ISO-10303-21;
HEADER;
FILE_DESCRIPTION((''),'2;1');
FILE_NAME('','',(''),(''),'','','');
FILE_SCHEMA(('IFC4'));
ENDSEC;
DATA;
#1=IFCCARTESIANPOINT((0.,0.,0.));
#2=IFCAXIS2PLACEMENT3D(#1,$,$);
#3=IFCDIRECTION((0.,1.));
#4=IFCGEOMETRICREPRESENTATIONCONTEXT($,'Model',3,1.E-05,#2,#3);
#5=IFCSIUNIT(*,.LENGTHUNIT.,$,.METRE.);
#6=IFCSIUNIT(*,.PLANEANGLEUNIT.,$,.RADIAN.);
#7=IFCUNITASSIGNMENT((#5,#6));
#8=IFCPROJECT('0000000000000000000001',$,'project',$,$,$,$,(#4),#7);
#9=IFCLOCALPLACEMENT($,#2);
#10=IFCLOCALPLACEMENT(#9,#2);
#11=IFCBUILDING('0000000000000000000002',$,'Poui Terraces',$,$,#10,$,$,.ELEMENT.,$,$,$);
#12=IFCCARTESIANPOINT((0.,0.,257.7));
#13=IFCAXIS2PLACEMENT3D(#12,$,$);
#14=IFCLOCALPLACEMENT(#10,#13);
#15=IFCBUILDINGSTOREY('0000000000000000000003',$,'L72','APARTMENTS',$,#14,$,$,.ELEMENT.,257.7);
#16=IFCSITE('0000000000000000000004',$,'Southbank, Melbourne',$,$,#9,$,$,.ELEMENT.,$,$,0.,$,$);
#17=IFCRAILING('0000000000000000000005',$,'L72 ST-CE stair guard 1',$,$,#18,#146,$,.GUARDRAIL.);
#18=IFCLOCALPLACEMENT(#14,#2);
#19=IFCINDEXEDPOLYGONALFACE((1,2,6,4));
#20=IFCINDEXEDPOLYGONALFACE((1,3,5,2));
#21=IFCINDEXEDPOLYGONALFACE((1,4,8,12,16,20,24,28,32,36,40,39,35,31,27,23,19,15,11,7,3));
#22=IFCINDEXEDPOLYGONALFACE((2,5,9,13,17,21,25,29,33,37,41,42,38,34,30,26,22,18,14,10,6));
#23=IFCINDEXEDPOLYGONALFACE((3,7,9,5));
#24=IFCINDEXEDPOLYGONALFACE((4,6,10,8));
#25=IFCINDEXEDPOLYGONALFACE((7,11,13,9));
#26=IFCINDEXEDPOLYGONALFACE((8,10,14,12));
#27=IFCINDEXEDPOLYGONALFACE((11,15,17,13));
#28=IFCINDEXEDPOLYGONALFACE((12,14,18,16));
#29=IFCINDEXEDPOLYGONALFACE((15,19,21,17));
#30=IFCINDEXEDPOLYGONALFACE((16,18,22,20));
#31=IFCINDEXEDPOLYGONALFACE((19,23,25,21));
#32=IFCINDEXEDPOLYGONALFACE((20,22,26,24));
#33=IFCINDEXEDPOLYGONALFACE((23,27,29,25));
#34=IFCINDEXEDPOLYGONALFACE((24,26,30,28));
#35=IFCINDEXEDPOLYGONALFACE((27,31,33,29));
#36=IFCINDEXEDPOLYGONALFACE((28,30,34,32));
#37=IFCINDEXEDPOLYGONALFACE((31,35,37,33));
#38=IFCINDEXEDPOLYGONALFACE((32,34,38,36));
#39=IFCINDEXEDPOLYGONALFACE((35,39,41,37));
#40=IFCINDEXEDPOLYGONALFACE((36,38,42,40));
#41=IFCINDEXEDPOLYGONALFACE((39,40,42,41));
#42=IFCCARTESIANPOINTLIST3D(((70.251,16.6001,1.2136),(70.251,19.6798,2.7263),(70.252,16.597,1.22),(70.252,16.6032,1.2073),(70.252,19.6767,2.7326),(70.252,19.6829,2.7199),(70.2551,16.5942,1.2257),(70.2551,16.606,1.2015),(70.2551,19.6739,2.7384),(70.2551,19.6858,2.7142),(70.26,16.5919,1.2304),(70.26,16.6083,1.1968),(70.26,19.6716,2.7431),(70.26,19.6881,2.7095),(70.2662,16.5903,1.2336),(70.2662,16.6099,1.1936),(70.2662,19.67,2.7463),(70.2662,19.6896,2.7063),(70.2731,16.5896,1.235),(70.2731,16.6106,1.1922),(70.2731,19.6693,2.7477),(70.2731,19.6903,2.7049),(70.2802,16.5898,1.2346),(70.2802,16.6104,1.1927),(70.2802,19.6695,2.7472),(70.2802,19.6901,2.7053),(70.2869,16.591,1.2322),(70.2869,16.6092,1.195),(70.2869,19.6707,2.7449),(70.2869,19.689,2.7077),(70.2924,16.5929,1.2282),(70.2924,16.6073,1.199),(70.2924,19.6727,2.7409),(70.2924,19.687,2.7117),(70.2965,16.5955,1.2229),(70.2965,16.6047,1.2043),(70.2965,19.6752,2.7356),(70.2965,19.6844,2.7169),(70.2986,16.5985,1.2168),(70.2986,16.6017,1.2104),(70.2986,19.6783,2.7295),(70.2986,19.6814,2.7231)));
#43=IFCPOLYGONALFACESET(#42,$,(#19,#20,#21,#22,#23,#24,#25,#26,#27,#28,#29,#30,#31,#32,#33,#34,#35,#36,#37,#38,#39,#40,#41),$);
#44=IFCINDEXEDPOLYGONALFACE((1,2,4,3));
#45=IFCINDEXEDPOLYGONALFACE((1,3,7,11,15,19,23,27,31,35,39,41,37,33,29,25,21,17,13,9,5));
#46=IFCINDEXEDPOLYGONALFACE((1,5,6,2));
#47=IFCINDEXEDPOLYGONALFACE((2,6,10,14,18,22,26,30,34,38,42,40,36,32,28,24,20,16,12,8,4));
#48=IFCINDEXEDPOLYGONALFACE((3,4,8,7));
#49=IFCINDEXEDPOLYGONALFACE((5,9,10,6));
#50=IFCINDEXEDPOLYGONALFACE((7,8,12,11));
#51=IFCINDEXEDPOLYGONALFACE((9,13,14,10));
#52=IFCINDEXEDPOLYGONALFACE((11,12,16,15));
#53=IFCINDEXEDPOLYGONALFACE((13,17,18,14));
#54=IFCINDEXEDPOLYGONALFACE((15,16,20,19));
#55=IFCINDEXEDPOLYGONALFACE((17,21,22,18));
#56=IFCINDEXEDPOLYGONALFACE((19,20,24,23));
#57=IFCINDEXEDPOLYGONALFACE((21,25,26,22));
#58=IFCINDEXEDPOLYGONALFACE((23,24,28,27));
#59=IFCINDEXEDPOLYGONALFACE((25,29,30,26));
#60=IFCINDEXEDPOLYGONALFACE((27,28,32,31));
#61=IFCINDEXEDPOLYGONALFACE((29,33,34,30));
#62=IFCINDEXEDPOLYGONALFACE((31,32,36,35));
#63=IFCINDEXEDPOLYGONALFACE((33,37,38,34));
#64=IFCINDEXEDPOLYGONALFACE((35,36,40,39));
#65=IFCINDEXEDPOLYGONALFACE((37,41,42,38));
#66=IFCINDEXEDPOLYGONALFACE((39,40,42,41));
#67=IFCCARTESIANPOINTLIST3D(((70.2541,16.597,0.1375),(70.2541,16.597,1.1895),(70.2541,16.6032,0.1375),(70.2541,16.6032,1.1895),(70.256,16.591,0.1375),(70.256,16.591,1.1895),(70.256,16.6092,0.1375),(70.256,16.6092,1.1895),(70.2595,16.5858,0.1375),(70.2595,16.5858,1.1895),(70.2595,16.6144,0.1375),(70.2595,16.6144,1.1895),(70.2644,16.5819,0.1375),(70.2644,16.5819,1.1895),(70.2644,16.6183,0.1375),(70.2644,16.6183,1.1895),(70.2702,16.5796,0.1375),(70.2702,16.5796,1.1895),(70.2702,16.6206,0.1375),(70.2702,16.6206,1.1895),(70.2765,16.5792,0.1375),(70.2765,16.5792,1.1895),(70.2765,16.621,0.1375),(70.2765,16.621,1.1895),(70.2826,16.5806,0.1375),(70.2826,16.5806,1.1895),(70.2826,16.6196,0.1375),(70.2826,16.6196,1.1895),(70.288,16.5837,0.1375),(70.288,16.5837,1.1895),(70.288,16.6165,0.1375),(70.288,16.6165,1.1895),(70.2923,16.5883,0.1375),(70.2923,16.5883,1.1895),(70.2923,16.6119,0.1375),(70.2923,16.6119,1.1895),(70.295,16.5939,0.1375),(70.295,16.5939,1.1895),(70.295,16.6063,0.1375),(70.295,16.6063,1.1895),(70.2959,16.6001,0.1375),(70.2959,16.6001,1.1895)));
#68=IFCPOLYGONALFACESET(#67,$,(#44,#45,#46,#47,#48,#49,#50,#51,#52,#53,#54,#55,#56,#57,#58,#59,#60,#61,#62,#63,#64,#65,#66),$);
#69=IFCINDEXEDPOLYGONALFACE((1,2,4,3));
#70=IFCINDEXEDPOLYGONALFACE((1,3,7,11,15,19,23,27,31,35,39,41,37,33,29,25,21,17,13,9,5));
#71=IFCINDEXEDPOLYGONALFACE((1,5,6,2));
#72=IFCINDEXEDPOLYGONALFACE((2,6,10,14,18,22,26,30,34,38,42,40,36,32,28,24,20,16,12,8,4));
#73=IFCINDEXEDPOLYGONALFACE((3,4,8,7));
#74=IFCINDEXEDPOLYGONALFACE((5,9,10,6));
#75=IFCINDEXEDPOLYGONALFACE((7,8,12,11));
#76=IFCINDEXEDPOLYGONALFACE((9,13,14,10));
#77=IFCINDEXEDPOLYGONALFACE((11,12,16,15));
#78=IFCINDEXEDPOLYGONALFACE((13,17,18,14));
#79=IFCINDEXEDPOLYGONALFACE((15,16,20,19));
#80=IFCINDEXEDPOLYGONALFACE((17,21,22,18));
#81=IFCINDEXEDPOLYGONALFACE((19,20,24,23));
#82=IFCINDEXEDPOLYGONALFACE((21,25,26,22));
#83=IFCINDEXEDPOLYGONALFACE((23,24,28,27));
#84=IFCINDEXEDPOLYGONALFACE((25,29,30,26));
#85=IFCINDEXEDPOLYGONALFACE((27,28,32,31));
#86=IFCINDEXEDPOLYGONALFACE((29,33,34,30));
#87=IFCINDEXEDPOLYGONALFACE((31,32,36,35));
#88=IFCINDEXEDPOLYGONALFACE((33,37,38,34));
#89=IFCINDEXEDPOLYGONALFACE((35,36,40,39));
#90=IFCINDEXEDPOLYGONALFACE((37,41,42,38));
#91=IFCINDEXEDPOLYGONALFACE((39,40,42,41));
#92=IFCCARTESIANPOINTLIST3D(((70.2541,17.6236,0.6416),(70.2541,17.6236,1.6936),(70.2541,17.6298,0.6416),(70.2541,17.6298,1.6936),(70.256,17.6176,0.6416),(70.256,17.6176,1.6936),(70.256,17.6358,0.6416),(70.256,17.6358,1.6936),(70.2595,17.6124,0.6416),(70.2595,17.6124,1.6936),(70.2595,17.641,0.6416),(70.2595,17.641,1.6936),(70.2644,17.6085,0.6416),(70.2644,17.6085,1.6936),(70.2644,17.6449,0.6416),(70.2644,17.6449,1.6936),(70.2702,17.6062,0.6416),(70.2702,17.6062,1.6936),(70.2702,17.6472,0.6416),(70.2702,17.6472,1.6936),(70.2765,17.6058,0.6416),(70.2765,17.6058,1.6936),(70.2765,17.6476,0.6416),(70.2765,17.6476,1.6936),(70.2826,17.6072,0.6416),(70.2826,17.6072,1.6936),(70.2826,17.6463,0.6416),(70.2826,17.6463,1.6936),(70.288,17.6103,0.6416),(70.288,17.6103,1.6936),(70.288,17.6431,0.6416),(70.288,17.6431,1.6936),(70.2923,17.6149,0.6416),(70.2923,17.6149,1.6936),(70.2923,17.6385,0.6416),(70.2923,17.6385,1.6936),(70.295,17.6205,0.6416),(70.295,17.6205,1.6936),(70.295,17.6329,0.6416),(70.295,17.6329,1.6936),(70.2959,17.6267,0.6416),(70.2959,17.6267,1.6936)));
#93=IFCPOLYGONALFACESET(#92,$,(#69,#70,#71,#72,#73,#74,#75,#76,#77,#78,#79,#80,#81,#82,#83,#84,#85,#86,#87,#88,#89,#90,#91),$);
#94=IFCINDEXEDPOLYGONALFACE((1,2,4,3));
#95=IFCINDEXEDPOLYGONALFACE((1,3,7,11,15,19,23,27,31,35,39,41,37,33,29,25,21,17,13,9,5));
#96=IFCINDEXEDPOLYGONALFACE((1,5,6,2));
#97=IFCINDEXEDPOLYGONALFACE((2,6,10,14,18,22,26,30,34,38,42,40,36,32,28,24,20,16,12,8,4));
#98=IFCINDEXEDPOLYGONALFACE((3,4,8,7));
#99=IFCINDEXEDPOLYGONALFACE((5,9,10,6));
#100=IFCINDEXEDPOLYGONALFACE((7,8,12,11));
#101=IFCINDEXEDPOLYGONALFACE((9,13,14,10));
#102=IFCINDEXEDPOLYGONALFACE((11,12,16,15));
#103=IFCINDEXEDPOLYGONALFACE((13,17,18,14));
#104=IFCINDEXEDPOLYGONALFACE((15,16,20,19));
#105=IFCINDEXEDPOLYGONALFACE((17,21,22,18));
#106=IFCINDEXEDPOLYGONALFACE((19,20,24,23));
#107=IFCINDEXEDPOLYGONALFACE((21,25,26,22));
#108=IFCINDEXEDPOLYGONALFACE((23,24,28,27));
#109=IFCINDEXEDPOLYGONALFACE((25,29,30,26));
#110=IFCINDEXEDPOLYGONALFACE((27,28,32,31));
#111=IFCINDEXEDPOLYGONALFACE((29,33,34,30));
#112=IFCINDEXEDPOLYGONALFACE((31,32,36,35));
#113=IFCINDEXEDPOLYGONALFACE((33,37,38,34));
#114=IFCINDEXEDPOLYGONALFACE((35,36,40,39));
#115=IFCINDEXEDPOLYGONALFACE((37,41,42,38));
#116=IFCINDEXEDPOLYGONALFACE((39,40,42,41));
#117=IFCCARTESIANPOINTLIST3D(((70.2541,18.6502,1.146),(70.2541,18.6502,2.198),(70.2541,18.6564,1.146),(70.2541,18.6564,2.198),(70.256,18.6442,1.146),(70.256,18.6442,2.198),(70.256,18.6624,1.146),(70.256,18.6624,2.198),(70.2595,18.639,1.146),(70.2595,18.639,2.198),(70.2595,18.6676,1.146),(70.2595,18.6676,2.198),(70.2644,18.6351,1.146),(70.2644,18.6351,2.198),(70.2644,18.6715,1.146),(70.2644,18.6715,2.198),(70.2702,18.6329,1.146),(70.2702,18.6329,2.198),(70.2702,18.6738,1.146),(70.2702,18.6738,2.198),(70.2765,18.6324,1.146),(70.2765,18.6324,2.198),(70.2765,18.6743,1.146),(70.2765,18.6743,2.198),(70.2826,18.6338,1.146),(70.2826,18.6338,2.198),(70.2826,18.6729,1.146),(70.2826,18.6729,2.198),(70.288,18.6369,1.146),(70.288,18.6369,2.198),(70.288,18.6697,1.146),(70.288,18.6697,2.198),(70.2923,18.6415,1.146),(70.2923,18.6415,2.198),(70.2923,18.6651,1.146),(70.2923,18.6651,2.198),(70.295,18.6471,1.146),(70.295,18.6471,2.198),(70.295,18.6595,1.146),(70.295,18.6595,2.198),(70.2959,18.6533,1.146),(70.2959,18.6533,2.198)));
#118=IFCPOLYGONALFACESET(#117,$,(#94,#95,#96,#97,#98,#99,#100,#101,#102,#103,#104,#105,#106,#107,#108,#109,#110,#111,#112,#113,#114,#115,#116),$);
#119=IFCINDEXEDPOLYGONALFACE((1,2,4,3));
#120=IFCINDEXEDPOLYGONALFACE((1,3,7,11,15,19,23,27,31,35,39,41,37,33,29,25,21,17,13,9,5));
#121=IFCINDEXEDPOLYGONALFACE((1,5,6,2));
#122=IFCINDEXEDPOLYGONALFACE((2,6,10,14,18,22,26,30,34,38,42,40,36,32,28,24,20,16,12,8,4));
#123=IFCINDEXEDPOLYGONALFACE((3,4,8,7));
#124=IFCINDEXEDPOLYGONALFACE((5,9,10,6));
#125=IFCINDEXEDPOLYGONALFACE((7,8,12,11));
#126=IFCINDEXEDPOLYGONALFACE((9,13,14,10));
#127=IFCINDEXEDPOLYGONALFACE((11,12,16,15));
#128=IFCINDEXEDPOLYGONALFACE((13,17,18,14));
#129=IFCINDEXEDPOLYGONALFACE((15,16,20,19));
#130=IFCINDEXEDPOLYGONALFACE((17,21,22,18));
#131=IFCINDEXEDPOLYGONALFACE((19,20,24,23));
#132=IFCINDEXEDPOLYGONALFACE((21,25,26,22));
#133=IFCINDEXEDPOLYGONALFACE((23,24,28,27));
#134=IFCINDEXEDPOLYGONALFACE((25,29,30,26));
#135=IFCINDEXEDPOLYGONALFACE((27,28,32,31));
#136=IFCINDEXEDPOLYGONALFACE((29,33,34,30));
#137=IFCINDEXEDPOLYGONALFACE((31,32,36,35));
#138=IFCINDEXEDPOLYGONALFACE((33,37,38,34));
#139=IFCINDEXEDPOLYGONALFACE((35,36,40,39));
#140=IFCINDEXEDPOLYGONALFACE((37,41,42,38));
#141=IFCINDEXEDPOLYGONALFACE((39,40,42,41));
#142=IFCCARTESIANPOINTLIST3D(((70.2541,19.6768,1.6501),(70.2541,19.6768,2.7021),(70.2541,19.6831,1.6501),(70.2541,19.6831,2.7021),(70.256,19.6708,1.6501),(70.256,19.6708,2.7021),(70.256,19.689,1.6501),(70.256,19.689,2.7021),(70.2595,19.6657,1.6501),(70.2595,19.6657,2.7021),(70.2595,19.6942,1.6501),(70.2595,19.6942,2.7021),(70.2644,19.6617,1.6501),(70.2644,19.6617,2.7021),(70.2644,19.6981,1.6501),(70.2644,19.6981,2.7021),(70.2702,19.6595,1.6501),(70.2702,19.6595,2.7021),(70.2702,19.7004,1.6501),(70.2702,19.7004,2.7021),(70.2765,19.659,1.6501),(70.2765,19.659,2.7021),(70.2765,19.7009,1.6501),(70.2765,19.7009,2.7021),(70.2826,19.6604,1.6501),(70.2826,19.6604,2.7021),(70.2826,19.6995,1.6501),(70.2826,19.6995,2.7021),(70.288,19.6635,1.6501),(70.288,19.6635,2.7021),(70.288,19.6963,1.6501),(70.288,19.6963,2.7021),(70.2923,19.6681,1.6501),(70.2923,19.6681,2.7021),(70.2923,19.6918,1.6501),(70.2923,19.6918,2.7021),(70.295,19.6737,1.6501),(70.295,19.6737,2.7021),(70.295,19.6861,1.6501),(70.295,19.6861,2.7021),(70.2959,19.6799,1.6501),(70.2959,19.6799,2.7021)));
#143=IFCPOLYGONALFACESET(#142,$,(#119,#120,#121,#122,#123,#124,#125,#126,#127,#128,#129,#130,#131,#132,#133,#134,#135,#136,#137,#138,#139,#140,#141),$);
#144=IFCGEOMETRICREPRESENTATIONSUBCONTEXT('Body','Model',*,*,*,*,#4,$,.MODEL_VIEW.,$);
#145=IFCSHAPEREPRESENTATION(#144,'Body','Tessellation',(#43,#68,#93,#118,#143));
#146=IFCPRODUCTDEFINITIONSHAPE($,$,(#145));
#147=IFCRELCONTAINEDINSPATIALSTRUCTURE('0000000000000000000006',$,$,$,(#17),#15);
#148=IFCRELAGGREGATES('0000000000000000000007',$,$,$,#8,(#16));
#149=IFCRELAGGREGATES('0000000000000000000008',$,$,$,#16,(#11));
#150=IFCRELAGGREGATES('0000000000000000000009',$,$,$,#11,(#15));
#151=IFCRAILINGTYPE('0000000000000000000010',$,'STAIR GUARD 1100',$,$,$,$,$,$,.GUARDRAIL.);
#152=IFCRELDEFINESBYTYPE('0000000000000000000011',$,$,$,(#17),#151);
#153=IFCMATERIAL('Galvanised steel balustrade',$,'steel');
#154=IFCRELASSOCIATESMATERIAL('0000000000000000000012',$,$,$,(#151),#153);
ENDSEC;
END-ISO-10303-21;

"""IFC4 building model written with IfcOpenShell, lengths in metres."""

from ifc_helpers import new_model, si_unit, direction, frame, origin, origin_2d, place, context, subcontext, project, spatial, circle, extrude, material, type_object, element, save


model = new_model("IFC4")

# Units and contexts
model_context = context("Model", 3, precision=1e-05, world=origin(), true_north=direction((0.0, 1.0)))
body_context = subcontext(model_context, "Body", "Model", "MODEL_VIEW")
ifc_project = project(units=[si_unit("LENGTHUNIT", "METRE"), si_unit("PLANEANGLEUNIT", "RADIAN")], contexts=[model_context])

# Site, building, storey
site_placement = place(None, origin())
site = spatial("IfcSite", under=ifc_project, at=site_placement, Name="Southbank, Melbourne", CompositionType="ELEMENT", RefElevation=0.0)
building_placement = place(site_placement, origin())
building = spatial("IfcBuilding", under=site, at=building_placement, Name="Poui Terraces", CompositionType="ELEMENT")
storey_placement = place(building_placement, frame((0.0, 0.0, 257.7)))
storey = spatial("IfcBuildingStorey", under=building, at=storey_placement, Name="L72", Description="APARTMENTS", CompositionType="ELEMENT", Elevation=257.7)

# Railing
ifc_material_1 = material(Name="Galvanised steel balustrade", Category="steel")
railing_type_1 = type_object("IfcRailingType", Name="STAIR GUARD 1100", PredefinedType="GUARDRAIL", material=ifc_material_1)
railing_1_placement = place(storey_placement, frame((70.2749, 16.6001, 0.1375)))
element("IfcRailing", 1, at=railing_1_placement, inside=storey, type_object=railing_type_1, Name="L72 ST-CE stair guard 1", PredefinedType="GUARDRAIL", context=body_context, shape_type="SweptSolid", body=[
    extrude(circle(Radius=0.0239, at=origin_2d()), frame((0.0, 0.0, 1.0762), z_axis=(0.0, 0.897578, 0.440856), x_axis=(-1.0, 0.0, 0.0)), (0.0, 0.0, 1.0), 3.4312),
    extrude(circle(Radius=0.021, at=origin_2d()), origin(), (0.0, 0.0, 1.0), 1.052),
    extrude(circle(Radius=0.021, at=origin_2d()), frame((0.0, 1.0266, 0.5042)), (0.0, 0.0, 1.0), 1.052),
    extrude(circle(Radius=0.021, at=origin_2d()), frame((0.0, 2.0532, 1.0085)), (0.0, 0.0, 1.0), 1.052),
    extrude(circle(Radius=0.021, at=origin_2d()), frame((0.0, 3.0798, 1.5127)), (0.0, 0.0, 1.0), 1.052),
])

save(model, "model.ifc")
